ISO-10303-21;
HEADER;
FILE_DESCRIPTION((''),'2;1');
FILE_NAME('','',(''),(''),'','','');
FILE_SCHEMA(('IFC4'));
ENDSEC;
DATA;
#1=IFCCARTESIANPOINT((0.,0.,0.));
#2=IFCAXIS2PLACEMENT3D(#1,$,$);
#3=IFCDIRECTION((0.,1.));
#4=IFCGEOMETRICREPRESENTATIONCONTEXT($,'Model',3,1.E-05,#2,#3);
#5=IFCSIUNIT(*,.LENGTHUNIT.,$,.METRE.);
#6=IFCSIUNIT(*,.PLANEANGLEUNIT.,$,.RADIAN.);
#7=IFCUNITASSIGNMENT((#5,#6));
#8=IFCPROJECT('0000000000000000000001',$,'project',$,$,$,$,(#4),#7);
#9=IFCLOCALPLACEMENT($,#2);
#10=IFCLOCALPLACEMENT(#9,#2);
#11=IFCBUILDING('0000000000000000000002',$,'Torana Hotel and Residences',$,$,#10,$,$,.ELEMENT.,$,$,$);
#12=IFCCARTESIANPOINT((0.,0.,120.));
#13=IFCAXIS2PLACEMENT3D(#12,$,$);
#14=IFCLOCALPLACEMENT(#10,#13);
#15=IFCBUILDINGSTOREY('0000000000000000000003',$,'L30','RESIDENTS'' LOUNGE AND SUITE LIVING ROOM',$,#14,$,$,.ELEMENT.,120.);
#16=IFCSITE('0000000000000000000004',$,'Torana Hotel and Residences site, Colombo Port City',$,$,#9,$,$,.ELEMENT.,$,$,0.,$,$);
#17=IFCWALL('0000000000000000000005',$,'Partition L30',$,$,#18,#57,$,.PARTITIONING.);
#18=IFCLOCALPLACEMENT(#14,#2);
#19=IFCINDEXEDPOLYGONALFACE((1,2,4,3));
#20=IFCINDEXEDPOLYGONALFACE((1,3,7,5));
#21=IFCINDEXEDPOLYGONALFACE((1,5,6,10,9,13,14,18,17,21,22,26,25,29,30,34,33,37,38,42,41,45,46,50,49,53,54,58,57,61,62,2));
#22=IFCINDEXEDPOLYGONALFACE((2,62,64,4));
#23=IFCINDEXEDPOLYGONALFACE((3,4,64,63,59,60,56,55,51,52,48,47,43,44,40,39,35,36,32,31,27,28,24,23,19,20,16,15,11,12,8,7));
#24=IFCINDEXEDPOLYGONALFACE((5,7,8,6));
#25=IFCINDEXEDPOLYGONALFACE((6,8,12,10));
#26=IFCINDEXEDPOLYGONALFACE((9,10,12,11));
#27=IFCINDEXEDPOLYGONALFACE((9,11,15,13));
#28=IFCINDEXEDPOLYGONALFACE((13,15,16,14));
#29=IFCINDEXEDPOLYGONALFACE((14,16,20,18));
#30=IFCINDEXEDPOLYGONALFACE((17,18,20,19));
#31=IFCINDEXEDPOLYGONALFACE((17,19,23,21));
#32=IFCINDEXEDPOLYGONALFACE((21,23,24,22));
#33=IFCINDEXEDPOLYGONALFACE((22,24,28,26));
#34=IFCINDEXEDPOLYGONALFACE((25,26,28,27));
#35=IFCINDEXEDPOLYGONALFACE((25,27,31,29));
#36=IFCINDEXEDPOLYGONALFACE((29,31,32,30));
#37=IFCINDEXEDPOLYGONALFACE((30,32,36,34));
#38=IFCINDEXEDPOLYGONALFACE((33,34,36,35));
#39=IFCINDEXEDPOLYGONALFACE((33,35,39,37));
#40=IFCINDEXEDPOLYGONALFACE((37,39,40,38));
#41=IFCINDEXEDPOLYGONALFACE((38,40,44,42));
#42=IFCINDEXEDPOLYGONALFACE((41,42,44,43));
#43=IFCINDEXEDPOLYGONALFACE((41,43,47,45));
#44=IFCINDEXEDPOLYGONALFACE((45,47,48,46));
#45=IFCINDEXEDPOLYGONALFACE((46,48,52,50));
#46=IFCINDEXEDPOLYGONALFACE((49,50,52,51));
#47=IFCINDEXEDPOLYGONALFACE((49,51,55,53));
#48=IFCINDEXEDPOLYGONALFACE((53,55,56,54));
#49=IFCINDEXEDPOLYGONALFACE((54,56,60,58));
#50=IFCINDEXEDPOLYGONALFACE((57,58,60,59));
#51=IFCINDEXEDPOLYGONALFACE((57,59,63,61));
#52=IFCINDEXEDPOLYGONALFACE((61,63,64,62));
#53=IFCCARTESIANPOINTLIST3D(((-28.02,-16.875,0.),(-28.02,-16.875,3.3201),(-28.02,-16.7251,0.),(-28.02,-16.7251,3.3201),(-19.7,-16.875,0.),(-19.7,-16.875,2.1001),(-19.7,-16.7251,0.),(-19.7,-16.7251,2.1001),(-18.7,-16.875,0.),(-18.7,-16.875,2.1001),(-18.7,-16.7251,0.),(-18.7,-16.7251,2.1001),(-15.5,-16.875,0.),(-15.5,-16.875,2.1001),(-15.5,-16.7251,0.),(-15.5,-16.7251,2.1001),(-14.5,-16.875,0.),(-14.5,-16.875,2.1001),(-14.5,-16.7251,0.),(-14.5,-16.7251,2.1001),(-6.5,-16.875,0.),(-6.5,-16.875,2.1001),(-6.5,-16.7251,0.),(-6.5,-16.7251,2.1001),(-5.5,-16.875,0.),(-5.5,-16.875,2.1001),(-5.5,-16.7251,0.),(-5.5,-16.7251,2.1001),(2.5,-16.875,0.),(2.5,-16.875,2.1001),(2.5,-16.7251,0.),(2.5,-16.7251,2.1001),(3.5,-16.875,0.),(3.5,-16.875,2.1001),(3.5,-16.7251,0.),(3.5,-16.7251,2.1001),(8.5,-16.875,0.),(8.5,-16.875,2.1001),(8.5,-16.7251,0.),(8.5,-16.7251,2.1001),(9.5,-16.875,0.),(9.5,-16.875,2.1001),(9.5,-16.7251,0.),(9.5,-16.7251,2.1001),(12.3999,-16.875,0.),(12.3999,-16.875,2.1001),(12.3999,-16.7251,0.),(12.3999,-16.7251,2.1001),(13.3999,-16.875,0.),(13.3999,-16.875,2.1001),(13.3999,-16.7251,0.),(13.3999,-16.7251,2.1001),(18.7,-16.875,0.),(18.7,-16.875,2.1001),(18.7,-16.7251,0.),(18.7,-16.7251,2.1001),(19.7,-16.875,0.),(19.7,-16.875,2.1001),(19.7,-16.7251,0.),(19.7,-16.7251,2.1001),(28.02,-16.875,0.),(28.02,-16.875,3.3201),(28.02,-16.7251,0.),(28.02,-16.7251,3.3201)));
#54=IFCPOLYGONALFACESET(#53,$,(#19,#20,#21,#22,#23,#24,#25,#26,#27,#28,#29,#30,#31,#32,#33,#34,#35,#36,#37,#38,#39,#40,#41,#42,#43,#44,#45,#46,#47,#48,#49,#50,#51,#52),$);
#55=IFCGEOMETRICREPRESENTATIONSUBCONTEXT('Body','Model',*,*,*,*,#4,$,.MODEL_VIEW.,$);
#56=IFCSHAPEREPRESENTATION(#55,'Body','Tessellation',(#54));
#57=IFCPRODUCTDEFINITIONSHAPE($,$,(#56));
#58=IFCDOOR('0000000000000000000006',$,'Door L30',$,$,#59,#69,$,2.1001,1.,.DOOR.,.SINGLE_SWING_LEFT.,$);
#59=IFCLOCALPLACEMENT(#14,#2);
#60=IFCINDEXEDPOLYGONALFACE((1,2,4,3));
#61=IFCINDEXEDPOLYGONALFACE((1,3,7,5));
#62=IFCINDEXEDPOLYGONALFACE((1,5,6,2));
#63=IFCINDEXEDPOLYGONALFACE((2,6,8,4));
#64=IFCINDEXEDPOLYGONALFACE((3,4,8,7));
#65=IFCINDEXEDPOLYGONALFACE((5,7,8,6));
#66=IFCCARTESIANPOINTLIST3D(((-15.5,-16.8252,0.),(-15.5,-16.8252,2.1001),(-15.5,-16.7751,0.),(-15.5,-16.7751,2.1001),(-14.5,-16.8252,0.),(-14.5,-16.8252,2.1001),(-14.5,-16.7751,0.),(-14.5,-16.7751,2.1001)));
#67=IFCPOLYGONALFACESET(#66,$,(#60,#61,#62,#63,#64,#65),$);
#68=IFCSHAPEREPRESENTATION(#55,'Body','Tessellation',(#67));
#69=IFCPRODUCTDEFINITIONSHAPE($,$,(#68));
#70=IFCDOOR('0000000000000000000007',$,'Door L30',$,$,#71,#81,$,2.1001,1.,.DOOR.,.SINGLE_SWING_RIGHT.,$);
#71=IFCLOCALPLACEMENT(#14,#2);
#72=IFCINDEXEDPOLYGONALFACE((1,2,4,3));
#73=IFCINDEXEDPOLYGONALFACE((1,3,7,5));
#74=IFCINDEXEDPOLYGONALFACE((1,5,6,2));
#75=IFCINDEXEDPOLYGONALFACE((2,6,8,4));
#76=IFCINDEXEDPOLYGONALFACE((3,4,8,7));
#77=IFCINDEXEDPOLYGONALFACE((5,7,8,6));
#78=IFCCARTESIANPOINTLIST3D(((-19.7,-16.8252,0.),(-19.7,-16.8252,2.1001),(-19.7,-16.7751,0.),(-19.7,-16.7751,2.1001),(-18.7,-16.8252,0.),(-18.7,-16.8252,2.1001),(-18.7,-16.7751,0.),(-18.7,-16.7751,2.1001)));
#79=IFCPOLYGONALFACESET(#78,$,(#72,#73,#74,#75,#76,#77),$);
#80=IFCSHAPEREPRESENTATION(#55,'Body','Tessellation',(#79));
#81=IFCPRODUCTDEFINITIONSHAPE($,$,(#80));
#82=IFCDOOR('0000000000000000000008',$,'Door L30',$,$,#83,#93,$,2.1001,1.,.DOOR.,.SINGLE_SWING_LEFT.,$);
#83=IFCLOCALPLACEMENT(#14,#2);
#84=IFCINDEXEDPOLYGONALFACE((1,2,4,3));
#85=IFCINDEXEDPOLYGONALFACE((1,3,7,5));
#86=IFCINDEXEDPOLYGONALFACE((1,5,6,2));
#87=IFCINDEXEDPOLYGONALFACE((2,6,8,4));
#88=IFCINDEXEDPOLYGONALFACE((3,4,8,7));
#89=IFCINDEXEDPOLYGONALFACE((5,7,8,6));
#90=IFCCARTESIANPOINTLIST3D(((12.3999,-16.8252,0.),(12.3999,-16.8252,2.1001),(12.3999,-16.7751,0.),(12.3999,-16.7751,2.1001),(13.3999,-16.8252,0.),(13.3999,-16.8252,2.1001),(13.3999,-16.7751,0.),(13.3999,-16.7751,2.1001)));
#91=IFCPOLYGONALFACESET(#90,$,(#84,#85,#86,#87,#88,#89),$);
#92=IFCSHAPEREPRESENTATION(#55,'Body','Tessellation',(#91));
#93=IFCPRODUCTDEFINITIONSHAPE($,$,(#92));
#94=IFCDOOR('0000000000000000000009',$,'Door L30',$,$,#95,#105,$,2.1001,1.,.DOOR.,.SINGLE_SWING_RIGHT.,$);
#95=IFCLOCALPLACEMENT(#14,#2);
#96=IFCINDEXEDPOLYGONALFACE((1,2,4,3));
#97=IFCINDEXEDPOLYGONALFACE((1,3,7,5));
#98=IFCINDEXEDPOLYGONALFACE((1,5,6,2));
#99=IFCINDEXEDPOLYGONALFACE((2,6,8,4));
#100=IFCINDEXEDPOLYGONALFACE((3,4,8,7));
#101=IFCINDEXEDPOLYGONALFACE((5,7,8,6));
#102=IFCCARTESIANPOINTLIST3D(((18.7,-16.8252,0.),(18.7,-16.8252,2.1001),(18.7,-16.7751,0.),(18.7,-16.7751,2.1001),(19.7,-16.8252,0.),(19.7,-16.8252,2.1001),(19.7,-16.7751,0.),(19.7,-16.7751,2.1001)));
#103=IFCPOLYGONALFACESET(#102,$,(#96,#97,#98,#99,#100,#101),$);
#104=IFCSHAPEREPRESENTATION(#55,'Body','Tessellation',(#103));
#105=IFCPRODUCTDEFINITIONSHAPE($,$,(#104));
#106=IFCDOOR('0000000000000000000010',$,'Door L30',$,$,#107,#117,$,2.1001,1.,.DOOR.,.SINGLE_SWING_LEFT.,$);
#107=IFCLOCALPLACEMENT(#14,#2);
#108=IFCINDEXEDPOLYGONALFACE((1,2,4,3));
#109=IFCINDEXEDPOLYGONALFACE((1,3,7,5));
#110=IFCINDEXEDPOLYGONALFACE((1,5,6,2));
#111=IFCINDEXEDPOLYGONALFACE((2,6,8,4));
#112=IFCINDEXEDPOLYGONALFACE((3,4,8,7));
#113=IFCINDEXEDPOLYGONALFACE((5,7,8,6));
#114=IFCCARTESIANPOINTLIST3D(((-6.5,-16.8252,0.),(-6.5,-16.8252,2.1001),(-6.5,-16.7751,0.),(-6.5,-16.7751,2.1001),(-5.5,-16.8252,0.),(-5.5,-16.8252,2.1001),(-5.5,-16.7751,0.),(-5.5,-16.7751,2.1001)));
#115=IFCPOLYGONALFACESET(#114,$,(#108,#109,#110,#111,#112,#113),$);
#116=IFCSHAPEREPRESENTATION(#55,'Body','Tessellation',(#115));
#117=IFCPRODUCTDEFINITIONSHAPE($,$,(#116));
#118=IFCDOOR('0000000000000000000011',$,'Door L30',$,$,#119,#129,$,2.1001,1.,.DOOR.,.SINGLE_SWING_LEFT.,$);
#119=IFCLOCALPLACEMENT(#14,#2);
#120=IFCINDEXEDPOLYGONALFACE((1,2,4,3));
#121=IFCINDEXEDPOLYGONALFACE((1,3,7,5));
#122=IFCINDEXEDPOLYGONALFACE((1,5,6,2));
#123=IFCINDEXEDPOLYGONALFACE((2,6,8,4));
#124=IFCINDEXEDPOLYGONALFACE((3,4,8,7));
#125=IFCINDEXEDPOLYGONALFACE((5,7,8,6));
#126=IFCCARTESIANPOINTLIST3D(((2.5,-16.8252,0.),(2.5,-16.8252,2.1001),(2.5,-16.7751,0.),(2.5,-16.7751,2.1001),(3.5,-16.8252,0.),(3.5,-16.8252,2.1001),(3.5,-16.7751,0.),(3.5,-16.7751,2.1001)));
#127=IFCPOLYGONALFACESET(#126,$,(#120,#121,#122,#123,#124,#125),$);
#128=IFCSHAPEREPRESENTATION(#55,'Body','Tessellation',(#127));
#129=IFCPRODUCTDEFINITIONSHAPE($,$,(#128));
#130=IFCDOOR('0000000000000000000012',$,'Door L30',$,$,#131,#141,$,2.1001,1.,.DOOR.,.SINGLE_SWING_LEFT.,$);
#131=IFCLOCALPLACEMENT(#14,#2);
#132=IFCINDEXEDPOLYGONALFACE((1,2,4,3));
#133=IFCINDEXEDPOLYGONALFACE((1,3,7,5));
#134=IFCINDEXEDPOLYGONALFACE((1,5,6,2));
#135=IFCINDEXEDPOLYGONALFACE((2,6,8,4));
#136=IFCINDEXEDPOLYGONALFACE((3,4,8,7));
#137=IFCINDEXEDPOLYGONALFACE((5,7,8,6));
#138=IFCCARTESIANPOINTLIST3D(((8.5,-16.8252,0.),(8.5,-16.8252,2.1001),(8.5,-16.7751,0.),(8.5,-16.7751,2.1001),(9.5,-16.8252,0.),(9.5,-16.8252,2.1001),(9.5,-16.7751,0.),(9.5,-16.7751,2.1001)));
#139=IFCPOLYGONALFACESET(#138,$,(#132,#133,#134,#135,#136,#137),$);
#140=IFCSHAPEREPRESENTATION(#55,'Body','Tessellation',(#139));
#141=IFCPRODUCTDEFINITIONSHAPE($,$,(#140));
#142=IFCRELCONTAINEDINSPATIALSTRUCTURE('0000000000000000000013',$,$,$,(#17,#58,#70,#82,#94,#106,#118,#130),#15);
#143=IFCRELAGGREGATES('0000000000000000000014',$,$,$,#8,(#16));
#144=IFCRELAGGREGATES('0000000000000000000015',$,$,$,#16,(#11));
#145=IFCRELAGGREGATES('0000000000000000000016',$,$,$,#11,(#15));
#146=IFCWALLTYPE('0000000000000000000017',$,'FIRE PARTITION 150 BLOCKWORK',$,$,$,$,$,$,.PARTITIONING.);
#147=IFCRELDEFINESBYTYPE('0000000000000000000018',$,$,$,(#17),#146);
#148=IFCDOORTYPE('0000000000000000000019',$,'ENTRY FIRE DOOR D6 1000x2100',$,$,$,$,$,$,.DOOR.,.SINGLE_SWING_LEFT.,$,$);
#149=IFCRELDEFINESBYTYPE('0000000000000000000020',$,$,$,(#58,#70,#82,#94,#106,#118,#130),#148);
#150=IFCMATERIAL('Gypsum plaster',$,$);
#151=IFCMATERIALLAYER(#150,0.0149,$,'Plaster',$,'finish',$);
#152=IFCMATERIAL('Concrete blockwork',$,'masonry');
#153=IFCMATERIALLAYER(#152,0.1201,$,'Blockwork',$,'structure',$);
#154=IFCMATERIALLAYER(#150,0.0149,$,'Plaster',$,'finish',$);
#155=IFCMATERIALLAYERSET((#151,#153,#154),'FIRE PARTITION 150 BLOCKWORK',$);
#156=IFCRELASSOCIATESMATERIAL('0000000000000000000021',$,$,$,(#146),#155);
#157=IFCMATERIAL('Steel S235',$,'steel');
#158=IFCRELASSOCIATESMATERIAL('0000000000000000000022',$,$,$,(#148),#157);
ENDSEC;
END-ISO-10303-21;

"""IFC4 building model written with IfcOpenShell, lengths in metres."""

from ifc_helpers import new_model, si_unit, direction, frame, frame_2d, origin, place, context, subcontext, project, spatial, rectangle, extrude, material, layer, layer_set, type_object, element, fill, save


model = new_model("IFC4")

# Units and contexts
model_context = context("Model", 3, precision=1e-05, world=origin(), true_north=direction((0.0, 1.0)))
body_context = subcontext(model_context, "Body", "Model", "MODEL_VIEW")
ifc_project = project(units=[si_unit("LENGTHUNIT", "METRE"), si_unit("PLANEANGLEUNIT", "RADIAN")], contexts=[model_context])

# Site, building, storey
site_placement = place(None, origin())
site = spatial("IfcSite", under=ifc_project, at=site_placement, Name="Torana Hotel and Residences site, Colombo Port City", CompositionType="ELEMENT", RefElevation=0.0)
building_placement = place(site_placement, origin())
building = spatial("IfcBuilding", under=site, at=building_placement, Name="Torana Hotel and Residences", CompositionType="ELEMENT")
storey_placement = place(building_placement, frame((0.0, 0.0, 120.0)))
storey = spatial("IfcBuildingStorey", under=building, at=storey_placement, Name="L30", Description="RESIDENTS' LOUNGE AND SUITE LIVING ROOM", CompositionType="ELEMENT", Elevation=120.0)

# Wall, openings, doors
ifc_material_1 = material(Name="Gypsum plaster")
ifc_layer_1 = layer(ifc_material_1, 0.0149, Name="Plaster", Category="finish")
ifc_material_2 = material(Name="Concrete blockwork", Category="masonry")
ifc_layer_2 = layer(ifc_material_2, 0.1201, Name="Blockwork", Category="structure")
ifc_layer_3 = layer(ifc_material_1, 0.0149, Name="Plaster", Category="finish")
ifc_layer_set_1 = layer_set([ifc_layer_1, ifc_layer_2, ifc_layer_3], Name="FIRE PARTITION 150 BLOCKWORK")
wall_type_1 = type_object("IfcWallType", Name="FIRE PARTITION 150 BLOCKWORK", PredefinedType="PARTITIONING", material=ifc_layer_set_1)
wall_1_placement = place(storey_placement, frame((-28.02, -16.8, 0.0), z_axis=(0.0, 0.0, 1.0), x_axis=(1.0, 0.0, 0.0)))
wall_1 = element("IfcWall", 1, at=wall_1_placement, inside=storey, type_object=wall_type_1, Name="Partition L30", PredefinedType="PARTITIONING", context=body_context, shape_type="SweptSolid", body=[
    extrude(rectangle(XDim=56.04, YDim=0.1499, at=frame_2d((28.02, 0.0))), origin(), (0.0, 0.0, 1.0), 3.3201),
])
opening_1_placement = place(wall_1_placement, frame((12.52, 0.0, 0.0)))
opening_1 = element("IfcOpeningElement", 2, at=opening_1_placement, cuts=wall_1, PredefinedType="OPENING", context=body_context, shape_type="SweptSolid", body=[
    extrude(rectangle(XDim=1.0, YDim=2.1001, at=frame_2d((0.5, 1.05))), frame((0.0, 0.085, 0.0), z_axis=(0.0, -1.0, 0.0), x_axis=(1.0, 0.0, 0.0)), (0.0, 0.0, 1.0), 0.1699),
])
opening_2_placement = place(wall_1_placement, frame((8.3201, 0.0, 0.0)))
opening_2 = element("IfcOpeningElement", 3, at=opening_2_placement, cuts=wall_1, PredefinedType="OPENING", context=body_context, shape_type="SweptSolid", body=[
    extrude(rectangle(XDim=1.0, YDim=2.1001, at=frame_2d((0.5, 1.05))), frame((0.0, 0.085, 0.0), z_axis=(0.0, -1.0, 0.0), x_axis=(1.0, 0.0, 0.0)), (0.0, 0.0, 1.0), 0.1699),
])
opening_3_placement = place(wall_1_placement, frame((40.4199, 0.0, 0.0)))
opening_3 = element("IfcOpeningElement", 4, at=opening_3_placement, cuts=wall_1, PredefinedType="OPENING", context=body_context, shape_type="SweptSolid", body=[
    extrude(rectangle(XDim=1.0, YDim=2.1001, at=frame_2d((0.5, 1.05))), frame((0.0, 0.085, 0.0), z_axis=(0.0, -1.0, 0.0), x_axis=(1.0, 0.0, 0.0)), (0.0, 0.0, 1.0), 0.1699),
])
opening_4_placement = place(wall_1_placement, frame((46.72, 0.0, 0.0)))
opening_4 = element("IfcOpeningElement", 5, at=opening_4_placement, cuts=wall_1, PredefinedType="OPENING", context=body_context, shape_type="SweptSolid", body=[
    extrude(rectangle(XDim=1.0, YDim=2.1001, at=frame_2d((0.5, 1.05))), frame((0.0, 0.085, 0.0), z_axis=(0.0, -1.0, 0.0), x_axis=(1.0, 0.0, 0.0)), (0.0, 0.0, 1.0), 0.1699),
])
opening_5_placement = place(wall_1_placement, frame((21.52, 0.0, 0.0)))
opening_5 = element("IfcOpeningElement", 6, at=opening_5_placement, cuts=wall_1, PredefinedType="OPENING", context=body_context, shape_type="SweptSolid", body=[
    extrude(rectangle(XDim=1.0, YDim=2.1001, at=frame_2d((0.5, 1.05))), frame((0.0, 0.085, 0.0), z_axis=(0.0, -1.0, 0.0), x_axis=(1.0, 0.0, 0.0)), (0.0, 0.0, 1.0), 0.1699),
])
opening_6_placement = place(wall_1_placement, frame((30.52, 0.0, 0.0)))
opening_6 = element("IfcOpeningElement", 7, at=opening_6_placement, cuts=wall_1, PredefinedType="OPENING", context=body_context, shape_type="SweptSolid", body=[
    extrude(rectangle(XDim=1.0, YDim=2.1001, at=frame_2d((0.5, 1.05))), frame((0.0, 0.085, 0.0), z_axis=(0.0, -1.0, 0.0), x_axis=(1.0, 0.0, 0.0)), (0.0, 0.0, 1.0), 0.1699),
])
opening_7_placement = place(wall_1_placement, frame((36.52, 0.0, 0.0)))
opening_7 = element("IfcOpeningElement", 8, at=opening_7_placement, cuts=wall_1, PredefinedType="OPENING", context=body_context, shape_type="SweptSolid", body=[
    extrude(rectangle(XDim=1.0, YDim=2.1001, at=frame_2d((0.5, 1.05))), frame((0.0, 0.085, 0.0), z_axis=(0.0, -1.0, 0.0), x_axis=(1.0, 0.0, 0.0)), (0.0, 0.0, 1.0), 0.1699),
])
ifc_material_3 = material(Name="Steel S235", Category="steel")
door_type_1 = type_object("IfcDoorType", Name="ENTRY FIRE DOOR D6 1000x2100", OperationType="SINGLE_SWING_LEFT", PredefinedType="DOOR", material=ifc_material_3)
door_1_placement = place(opening_1_placement, frame((0.5, 0.0, 0.0), z_axis=(0.0, 0.0, 1.0), x_axis=(-1.0, 0.0, 0.0)))
door_1 = element("IfcDoor", 9, at=door_1_placement, inside=storey, type_object=door_type_1, Name="Door L30", OperationType="SINGLE_SWING_LEFT", OverallHeight=2.1001, OverallWidth=1.0, PredefinedType="DOOR", context=body_context, shape_type="SweptSolid", body=[
    extrude(rectangle(XDim=1.0, YDim=2.1001, at=frame_2d((0.0, 1.05))), frame((0.0, -0.0249, 0.0), z_axis=(0.0, 1.0, 0.0), x_axis=(-1.0, 0.0, 0.0)), (0.0, 0.0, 1.0), 0.05),
])
fill(opening_1, door_1)
door_2_placement = place(opening_2_placement, origin())
door_2 = element("IfcDoor", 10, at=door_2_placement, inside=storey, type_object=door_type_1, Name="Door L30", OperationType="SINGLE_SWING_RIGHT", OverallHeight=2.1001, OverallWidth=1.0, PredefinedType="DOOR", context=body_context, shape_type="SweptSolid", body=[
    extrude(rectangle(XDim=1.0, YDim=2.1001, at=frame_2d((0.5, 1.05))), frame((0.0, 0.0249, 0.0), z_axis=(0.0, -1.0, 0.0), x_axis=(1.0, 0.0, 0.0)), (0.0, 0.0, 1.0), 0.05),
])
fill(opening_2, door_2)
door_3_placement = place(opening_3_placement, frame((0.5, 0.0, 0.0), z_axis=(0.0, 0.0, 1.0), x_axis=(-1.0, 0.0, 0.0)))
door_3 = element("IfcDoor", 11, at=door_3_placement, inside=storey, type_object=door_type_1, Name="Door L30", OperationType="SINGLE_SWING_LEFT", OverallHeight=2.1001, OverallWidth=1.0, PredefinedType="DOOR", context=body_context, shape_type="SweptSolid", body=[
    extrude(rectangle(XDim=1.0, YDim=2.1001, at=frame_2d((0.0, 1.05))), frame((0.0, -0.0249, 0.0), z_axis=(0.0, 1.0, 0.0), x_axis=(-1.0, 0.0, 0.0)), (0.0, 0.0, 1.0), 0.05),
])
fill(opening_3, door_3)
door_4_placement = place(opening_4_placement, origin())
door_4 = element("IfcDoor", 12, at=door_4_placement, inside=storey, type_object=door_type_1, Name="Door L30", OperationType="SINGLE_SWING_RIGHT", OverallHeight=2.1001, OverallWidth=1.0, PredefinedType="DOOR", context=body_context, shape_type="SweptSolid", body=[
    extrude(rectangle(XDim=1.0, YDim=2.1001, at=frame_2d((0.5, 1.05))), frame((0.0, 0.0249, 0.0), z_axis=(0.0, -1.0, 0.0), x_axis=(1.0, 0.0, 0.0)), (0.0, 0.0, 1.0), 0.05),
])
fill(opening_4, door_4)
door_5_placement = place(opening_5_placement, frame((0.5, 0.0, 0.0), z_axis=(0.0, 0.0, 1.0), x_axis=(-1.0, 0.0, 0.0)))
door_5 = element("IfcDoor", 13, at=door_5_placement, inside=storey, type_object=door_type_1, Name="Door L30", OperationType="SINGLE_SWING_LEFT", OverallHeight=2.1001, OverallWidth=1.0, PredefinedType="DOOR", context=body_context, shape_type="SweptSolid", body=[
    extrude(rectangle(XDim=1.0, YDim=2.1001, at=frame_2d((0.0, 1.05))), frame((0.0, -0.0249, 0.0), z_axis=(0.0, 1.0, 0.0), x_axis=(-1.0, 0.0, 0.0)), (0.0, 0.0, 1.0), 0.05),
])
fill(opening_5, door_5)
door_6_placement = place(opening_6_placement, frame((0.5, 0.0, 0.0), z_axis=(0.0, 0.0, 1.0), x_axis=(-1.0, 0.0, 0.0)))
door_6 = element("IfcDoor", 14, at=door_6_placement, inside=storey, type_object=door_type_1, Name="Door L30", OperationType="SINGLE_SWING_LEFT", OverallHeight=2.1001, OverallWidth=1.0, PredefinedType="DOOR", context=body_context, shape_type="SweptSolid", body=[
    extrude(rectangle(XDim=1.0, YDim=2.1001, at=frame_2d((0.0, 1.05))), frame((0.0, -0.0249, 0.0), z_axis=(0.0, 1.0, 0.0), x_axis=(-1.0, 0.0, 0.0)), (0.0, 0.0, 1.0), 0.05),
])
fill(opening_6, door_6)
door_7_placement = place(opening_7_placement, frame((0.5, 0.0, 0.0), z_axis=(0.0, 0.0, 1.0), x_axis=(-1.0, 0.0, 0.0)))
door_7 = element("IfcDoor", 15, at=door_7_placement, inside=storey, type_object=door_type_1, Name="Door L30", OperationType="SINGLE_SWING_LEFT", OverallHeight=2.1001, OverallWidth=1.0, PredefinedType="DOOR", context=body_context, shape_type="SweptSolid", body=[
    extrude(rectangle(XDim=1.0, YDim=2.1001, at=frame_2d((0.0, 1.05))), frame((0.0, -0.0249, 0.0), z_axis=(0.0, 1.0, 0.0), x_axis=(-1.0, 0.0, 0.0)), (0.0, 0.0, 1.0), 0.05),
])
fill(opening_7, door_7)

save(model, "model.ifc")
